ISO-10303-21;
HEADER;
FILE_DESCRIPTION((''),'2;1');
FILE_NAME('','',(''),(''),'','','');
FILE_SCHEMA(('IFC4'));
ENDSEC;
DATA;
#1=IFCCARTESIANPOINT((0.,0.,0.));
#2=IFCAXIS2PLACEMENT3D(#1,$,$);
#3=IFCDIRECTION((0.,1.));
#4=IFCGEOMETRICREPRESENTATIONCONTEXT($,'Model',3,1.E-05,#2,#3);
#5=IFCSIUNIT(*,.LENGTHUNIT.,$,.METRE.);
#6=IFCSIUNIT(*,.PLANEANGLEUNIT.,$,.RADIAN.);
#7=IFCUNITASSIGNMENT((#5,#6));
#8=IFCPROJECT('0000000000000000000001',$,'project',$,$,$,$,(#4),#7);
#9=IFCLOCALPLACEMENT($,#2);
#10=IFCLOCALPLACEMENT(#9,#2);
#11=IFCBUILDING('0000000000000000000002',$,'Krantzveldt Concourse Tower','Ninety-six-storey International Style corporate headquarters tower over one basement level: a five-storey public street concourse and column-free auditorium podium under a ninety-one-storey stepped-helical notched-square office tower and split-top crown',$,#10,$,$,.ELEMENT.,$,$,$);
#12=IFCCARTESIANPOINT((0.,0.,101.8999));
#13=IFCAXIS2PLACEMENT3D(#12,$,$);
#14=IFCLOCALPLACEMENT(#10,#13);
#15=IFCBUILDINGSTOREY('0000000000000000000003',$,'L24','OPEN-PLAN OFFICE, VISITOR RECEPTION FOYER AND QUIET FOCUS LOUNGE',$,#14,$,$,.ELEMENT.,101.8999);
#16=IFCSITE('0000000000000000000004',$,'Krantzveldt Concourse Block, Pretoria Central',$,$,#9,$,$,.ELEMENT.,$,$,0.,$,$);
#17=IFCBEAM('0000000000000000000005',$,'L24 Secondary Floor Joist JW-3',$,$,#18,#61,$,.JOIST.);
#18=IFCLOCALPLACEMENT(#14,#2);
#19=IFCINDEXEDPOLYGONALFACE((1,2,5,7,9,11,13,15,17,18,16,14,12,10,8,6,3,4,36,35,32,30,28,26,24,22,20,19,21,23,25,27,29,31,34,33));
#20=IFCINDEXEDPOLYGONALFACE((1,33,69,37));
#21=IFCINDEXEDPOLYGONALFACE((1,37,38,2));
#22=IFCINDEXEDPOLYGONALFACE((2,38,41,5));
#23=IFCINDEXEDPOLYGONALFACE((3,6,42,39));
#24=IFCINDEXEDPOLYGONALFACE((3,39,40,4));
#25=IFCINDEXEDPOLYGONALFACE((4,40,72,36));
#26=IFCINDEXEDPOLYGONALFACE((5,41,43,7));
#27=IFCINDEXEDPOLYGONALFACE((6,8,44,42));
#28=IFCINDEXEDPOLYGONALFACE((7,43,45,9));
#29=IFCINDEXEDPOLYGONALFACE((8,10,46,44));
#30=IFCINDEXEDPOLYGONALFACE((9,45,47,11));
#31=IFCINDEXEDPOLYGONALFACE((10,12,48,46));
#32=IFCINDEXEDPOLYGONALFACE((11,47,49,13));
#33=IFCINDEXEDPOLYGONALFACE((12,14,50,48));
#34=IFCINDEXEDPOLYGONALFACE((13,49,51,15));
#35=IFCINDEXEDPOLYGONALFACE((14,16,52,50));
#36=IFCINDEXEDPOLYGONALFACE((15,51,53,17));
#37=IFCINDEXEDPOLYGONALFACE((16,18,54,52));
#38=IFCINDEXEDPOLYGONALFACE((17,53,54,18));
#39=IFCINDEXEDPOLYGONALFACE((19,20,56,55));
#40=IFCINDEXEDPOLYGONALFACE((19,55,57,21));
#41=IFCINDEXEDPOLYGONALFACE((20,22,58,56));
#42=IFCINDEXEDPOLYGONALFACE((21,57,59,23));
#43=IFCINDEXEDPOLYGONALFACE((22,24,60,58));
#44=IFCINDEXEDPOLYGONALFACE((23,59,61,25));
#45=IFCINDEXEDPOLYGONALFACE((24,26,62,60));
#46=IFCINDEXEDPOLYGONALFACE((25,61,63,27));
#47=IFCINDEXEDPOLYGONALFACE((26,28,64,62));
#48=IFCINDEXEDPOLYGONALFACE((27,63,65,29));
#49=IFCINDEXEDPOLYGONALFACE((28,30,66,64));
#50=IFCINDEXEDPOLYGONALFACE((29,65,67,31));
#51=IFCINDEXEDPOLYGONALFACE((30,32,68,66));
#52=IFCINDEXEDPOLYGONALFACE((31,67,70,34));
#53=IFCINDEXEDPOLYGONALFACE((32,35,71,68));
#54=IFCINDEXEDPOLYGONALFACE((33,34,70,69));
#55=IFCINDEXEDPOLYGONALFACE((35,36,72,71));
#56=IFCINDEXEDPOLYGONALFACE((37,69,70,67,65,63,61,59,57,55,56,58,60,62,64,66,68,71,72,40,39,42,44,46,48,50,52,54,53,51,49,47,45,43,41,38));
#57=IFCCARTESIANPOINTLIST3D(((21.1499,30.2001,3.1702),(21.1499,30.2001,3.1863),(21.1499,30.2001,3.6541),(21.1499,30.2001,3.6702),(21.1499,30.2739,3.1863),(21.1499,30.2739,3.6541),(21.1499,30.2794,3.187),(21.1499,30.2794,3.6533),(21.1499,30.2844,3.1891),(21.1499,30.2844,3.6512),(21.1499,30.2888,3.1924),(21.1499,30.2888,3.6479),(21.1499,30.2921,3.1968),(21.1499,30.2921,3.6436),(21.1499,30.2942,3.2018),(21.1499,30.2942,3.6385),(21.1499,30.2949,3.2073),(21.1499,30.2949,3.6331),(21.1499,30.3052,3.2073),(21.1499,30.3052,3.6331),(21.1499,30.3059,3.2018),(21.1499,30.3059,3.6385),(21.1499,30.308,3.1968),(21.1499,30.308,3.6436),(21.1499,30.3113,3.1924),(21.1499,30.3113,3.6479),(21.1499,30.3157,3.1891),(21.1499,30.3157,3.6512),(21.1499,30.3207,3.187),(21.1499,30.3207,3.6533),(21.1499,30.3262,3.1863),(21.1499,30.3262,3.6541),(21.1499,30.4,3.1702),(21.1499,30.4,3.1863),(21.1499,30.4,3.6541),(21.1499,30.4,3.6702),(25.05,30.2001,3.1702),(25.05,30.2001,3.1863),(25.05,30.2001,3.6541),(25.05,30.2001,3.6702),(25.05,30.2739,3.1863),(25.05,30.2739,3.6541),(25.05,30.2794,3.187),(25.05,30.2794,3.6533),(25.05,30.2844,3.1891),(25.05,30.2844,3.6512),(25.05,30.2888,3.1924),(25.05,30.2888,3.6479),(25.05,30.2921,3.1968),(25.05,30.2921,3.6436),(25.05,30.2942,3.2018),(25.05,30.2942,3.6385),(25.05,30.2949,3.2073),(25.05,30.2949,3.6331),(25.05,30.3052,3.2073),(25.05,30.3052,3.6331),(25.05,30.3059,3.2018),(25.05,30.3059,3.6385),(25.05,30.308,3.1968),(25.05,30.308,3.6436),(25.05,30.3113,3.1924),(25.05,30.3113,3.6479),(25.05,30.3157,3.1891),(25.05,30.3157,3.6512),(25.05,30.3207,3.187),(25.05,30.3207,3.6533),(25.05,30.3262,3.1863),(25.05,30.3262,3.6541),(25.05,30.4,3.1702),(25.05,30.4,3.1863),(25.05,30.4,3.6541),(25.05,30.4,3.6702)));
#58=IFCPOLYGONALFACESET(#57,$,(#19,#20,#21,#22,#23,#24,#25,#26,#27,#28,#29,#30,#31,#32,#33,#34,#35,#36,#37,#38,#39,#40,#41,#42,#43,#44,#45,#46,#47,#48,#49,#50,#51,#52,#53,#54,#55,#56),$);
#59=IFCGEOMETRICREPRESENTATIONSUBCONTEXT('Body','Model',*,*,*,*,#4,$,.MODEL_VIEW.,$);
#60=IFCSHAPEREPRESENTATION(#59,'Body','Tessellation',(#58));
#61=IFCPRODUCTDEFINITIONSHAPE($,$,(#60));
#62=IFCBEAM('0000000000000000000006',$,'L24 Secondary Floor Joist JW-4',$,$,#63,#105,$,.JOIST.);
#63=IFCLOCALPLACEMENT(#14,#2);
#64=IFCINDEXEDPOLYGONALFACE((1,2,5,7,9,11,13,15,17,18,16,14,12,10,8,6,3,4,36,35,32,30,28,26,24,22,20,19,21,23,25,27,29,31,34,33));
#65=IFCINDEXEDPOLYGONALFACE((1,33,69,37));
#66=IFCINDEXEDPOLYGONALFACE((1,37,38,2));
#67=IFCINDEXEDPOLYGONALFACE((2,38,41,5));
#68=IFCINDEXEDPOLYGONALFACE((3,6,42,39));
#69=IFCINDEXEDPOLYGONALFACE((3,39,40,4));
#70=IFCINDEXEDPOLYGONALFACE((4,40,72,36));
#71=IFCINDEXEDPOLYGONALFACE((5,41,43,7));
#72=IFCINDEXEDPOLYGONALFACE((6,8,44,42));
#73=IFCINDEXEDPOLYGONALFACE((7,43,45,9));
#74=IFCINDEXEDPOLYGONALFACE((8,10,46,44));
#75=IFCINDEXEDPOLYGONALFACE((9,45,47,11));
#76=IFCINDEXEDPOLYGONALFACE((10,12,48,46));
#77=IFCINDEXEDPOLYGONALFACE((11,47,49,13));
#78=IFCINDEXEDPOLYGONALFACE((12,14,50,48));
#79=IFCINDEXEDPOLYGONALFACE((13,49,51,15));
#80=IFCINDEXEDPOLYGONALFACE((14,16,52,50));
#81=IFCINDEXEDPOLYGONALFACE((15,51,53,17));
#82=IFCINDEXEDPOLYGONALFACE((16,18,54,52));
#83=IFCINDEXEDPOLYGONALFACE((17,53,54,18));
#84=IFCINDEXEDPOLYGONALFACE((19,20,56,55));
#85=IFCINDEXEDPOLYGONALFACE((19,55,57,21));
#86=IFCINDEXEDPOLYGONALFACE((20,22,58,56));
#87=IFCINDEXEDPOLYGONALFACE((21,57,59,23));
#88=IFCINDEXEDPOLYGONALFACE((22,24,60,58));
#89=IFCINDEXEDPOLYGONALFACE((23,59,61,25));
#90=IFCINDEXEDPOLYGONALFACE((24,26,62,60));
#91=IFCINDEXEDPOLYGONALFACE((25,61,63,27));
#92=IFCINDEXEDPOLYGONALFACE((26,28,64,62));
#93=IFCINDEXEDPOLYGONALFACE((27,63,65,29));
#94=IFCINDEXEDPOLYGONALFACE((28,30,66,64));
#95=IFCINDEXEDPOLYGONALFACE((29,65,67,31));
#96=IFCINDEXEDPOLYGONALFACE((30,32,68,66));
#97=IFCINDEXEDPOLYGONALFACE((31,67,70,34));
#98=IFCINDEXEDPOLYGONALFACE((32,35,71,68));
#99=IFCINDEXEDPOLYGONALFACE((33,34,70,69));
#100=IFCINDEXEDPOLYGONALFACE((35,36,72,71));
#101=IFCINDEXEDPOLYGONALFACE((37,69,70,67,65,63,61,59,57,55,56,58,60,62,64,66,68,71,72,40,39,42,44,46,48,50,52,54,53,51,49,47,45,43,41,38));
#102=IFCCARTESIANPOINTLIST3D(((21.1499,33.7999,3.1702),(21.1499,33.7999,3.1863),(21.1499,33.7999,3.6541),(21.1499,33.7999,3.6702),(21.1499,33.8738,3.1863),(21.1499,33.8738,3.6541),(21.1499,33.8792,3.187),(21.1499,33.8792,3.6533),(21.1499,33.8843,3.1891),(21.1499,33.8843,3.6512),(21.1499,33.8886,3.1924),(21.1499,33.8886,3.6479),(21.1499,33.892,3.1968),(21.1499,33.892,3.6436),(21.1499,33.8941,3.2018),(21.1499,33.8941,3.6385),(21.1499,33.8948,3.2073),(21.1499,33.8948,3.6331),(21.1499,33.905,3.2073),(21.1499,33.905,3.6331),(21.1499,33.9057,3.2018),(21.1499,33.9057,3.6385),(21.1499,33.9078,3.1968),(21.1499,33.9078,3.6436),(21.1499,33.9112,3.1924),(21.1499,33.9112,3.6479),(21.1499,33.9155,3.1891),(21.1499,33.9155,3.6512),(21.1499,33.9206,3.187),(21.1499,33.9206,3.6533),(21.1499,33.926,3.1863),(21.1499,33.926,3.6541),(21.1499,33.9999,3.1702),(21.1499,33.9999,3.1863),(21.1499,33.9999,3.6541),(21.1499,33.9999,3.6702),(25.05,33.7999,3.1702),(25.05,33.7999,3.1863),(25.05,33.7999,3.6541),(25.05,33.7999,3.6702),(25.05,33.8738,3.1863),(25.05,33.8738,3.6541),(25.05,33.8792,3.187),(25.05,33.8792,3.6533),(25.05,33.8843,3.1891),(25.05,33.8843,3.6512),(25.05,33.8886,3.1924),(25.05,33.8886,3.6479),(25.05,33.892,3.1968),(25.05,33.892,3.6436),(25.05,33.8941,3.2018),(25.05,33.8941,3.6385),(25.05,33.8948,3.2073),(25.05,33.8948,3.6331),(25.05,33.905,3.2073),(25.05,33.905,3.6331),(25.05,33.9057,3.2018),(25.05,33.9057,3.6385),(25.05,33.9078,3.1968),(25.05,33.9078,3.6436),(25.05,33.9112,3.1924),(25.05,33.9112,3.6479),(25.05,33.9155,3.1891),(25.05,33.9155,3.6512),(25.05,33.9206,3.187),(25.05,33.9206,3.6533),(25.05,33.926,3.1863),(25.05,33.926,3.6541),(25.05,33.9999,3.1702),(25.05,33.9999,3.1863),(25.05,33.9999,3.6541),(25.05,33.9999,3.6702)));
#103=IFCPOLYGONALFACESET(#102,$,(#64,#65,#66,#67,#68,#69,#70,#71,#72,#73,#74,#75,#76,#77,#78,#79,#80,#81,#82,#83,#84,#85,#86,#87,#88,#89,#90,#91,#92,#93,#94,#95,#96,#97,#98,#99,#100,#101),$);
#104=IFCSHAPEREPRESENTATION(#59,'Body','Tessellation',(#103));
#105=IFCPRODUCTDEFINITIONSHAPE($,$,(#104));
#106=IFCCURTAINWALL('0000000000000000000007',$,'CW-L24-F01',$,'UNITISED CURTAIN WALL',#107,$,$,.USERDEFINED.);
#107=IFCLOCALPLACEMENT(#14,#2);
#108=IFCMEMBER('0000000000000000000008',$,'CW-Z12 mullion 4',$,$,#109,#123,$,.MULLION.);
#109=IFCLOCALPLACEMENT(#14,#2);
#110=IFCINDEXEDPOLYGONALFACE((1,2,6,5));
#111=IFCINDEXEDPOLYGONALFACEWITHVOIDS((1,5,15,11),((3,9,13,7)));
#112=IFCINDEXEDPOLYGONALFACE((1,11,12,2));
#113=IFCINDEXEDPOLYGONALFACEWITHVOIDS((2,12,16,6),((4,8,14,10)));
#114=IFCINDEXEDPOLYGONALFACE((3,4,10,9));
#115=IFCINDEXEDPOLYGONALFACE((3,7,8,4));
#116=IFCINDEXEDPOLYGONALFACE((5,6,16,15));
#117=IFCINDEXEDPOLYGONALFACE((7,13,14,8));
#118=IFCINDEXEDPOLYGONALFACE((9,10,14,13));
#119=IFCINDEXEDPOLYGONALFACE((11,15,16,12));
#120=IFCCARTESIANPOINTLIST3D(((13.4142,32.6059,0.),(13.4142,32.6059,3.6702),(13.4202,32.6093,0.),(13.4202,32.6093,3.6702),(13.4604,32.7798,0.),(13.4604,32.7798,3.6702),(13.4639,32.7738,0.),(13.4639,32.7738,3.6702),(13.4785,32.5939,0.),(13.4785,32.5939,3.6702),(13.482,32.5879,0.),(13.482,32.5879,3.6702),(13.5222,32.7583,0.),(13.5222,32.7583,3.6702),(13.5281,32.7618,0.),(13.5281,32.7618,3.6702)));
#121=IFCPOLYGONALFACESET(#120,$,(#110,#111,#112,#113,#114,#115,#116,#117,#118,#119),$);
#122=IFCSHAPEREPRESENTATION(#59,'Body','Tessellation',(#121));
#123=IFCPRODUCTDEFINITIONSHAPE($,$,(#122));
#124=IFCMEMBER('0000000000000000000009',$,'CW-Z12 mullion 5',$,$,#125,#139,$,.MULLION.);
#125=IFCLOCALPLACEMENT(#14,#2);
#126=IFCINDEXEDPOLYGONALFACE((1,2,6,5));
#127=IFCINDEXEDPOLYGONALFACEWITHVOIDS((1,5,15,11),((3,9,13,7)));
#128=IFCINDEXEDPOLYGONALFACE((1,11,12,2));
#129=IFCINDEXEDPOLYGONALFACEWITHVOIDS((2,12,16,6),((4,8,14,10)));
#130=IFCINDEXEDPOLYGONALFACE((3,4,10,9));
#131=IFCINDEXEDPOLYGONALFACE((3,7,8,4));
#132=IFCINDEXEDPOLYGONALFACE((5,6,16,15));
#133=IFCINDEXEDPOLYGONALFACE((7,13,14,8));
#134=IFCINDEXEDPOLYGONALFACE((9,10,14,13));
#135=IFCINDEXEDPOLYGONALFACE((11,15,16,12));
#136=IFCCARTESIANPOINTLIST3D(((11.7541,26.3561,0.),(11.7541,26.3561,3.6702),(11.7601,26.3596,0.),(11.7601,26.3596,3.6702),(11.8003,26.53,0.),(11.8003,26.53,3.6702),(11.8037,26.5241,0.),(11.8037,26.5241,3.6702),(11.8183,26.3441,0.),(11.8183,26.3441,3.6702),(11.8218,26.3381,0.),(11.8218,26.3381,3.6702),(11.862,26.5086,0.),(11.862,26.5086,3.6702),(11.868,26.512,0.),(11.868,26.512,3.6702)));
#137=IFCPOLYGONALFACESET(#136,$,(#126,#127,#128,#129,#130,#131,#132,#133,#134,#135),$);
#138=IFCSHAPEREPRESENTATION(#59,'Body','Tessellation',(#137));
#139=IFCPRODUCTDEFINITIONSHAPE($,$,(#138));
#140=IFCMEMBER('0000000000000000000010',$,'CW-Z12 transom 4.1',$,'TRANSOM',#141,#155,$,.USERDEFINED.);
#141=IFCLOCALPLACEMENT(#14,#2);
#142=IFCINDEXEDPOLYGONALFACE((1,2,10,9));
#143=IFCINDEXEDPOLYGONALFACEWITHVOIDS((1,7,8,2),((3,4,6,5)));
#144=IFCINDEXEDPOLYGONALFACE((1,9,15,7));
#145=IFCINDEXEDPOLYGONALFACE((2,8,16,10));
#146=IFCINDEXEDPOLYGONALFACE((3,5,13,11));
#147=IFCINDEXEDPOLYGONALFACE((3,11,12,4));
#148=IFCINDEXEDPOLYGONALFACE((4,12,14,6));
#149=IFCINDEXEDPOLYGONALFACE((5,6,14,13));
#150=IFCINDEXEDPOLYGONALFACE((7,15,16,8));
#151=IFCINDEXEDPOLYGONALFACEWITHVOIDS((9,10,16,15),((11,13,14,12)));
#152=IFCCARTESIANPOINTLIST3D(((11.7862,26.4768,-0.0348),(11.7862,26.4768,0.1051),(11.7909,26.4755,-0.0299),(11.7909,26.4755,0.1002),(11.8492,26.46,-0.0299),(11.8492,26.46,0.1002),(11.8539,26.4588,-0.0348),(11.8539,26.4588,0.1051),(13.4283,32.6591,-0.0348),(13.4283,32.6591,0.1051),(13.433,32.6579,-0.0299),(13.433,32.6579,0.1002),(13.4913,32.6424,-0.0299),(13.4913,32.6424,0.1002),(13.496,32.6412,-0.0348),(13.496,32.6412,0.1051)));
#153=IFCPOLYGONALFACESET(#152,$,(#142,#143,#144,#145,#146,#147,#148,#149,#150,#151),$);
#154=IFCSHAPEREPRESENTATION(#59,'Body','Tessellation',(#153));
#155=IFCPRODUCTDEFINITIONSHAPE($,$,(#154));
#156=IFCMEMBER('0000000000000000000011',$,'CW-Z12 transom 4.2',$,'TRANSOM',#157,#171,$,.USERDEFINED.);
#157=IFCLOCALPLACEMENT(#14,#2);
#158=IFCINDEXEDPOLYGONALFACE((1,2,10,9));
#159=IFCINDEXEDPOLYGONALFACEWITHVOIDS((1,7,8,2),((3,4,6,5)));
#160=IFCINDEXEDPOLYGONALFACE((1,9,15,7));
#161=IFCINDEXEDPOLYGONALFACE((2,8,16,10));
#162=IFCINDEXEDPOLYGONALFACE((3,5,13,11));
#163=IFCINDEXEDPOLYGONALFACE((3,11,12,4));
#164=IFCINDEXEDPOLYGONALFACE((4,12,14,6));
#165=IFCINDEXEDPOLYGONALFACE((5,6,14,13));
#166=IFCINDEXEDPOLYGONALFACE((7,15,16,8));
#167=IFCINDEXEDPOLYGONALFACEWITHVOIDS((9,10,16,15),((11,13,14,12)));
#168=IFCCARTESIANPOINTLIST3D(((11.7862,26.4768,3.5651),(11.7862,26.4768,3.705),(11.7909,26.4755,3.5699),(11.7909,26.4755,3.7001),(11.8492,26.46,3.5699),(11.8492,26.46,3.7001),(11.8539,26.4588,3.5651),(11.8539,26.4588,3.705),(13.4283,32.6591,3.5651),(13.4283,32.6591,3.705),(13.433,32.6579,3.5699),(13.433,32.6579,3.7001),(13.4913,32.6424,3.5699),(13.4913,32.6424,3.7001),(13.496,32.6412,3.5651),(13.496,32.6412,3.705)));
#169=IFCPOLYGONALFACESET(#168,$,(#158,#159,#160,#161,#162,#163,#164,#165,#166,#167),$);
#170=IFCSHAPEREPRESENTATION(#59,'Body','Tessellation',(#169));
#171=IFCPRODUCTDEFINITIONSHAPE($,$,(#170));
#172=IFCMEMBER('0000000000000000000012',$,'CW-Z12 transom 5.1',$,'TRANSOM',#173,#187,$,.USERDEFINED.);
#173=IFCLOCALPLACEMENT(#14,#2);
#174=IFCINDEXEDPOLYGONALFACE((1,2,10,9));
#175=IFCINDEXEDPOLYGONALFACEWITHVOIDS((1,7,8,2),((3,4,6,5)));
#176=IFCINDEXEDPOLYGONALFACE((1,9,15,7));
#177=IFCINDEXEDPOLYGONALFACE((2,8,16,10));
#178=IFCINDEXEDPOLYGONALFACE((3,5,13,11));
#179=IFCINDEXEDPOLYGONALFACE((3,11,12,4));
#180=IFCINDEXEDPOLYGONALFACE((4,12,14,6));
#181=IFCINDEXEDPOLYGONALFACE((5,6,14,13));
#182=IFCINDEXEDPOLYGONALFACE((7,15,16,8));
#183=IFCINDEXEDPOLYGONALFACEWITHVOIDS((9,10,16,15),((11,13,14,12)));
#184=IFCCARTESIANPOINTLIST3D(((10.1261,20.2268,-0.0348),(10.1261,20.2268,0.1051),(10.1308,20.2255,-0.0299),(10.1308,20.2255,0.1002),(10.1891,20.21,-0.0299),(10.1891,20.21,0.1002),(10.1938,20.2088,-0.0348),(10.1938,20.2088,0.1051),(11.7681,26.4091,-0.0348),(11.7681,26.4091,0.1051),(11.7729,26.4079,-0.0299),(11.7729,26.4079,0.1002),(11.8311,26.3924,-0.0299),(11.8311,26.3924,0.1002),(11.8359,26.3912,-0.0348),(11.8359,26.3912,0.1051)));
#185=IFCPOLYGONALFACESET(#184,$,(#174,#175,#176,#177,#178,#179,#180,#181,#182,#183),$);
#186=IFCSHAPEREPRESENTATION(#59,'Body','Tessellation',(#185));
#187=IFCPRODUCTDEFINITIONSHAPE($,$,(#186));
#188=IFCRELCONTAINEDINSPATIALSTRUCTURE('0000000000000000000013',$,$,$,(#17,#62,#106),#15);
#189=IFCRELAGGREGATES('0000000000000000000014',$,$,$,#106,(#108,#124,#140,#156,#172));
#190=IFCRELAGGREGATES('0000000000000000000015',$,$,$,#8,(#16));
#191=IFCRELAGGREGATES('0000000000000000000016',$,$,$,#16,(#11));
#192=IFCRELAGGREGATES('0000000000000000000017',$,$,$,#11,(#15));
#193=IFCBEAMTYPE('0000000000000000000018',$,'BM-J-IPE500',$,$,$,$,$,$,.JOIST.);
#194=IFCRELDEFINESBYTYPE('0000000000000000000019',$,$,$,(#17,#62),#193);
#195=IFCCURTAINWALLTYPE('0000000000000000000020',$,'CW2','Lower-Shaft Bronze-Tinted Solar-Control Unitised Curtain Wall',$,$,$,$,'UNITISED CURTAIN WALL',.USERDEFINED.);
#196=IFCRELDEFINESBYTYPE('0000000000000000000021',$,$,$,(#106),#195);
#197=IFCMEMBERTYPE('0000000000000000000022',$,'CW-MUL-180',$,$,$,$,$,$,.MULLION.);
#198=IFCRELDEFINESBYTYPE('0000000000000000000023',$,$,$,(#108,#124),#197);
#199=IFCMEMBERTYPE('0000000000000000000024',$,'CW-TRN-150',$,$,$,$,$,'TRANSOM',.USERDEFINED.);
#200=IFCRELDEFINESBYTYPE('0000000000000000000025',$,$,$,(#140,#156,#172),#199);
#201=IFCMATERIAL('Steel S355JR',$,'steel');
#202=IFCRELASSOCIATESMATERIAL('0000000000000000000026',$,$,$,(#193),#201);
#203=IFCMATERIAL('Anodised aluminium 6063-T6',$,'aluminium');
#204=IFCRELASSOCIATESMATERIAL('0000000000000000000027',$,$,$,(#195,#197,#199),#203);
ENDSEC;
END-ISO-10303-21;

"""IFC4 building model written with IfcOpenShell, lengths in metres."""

from ifc_helpers import new_model, si_unit, direction, frame, origin, origin_2d, place, context, subcontext, project, spatial, hollow_rectangle, i_section, extrude, source, transform, mapped, material, material_profile, profile_set, type_object, type_shapes, element, aggregate, save


model = new_model("IFC4")

# Units and contexts
model_context = context("Model", 3, precision=1e-05, world=origin(), true_north=direction((0.0, 1.0)))
body_context = subcontext(model_context, "Body", "Model", "MODEL_VIEW")
ifc_project = project(units=[si_unit("LENGTHUNIT", "METRE"), si_unit("PLANEANGLEUNIT", "RADIAN")], contexts=[model_context])

# Site, building, storey
site_placement = place(None, origin())
site = spatial("IfcSite", under=ifc_project, at=site_placement, Name="Krantzveldt Concourse Block, Pretoria Central", CompositionType="ELEMENT", RefElevation=0.0)
building_placement = place(site_placement, origin())
building = spatial("IfcBuilding", under=site, at=building_placement, Name="Krantzveldt Concourse Tower", Description="Ninety-six-storey International Style corporate headquarters tower over one basement level: a five-storey public street concourse and column-free auditorium podium under a ninety-one-storey stepped-helical notched-square office tower and split-top crown", CompositionType="ELEMENT")
storey_placement = place(building_placement, frame((0.0, 0.0, 101.8999)))
storey = spatial("IfcBuildingStorey", under=building, at=storey_placement, Name="L24", Description="OPEN-PLAN OFFICE, VISITOR RECEPTION FOYER AND QUIET FOCUS LOUNGE", CompositionType="ELEMENT", Elevation=101.8999)

# Beams
ifc_material_1 = material(Name="Steel S355JR", Category="steel")
ifc_material_profile_1 = material_profile(ifc_material_1, i_section(OverallWidth=0.2, OverallDepth=0.5, WebThickness=0.0103, FlangeThickness=0.0161, FilletRadius=0.021, at=origin_2d()), Name="Steel S355JR", Category="steel")
ifc_profile_set_1 = profile_set([ifc_material_profile_1], Name="Steel S355JR - IPE 500")
beam_type_1 = type_object("IfcBeamType", Name="BM-J-IPE500", PredefinedType="JOIST", material=ifc_profile_set_1)
shared_shape_1 = source(origin(), body_context, "Body", "SweptSolid", [
    extrude(i_section(OverallWidth=0.2, OverallDepth=0.5, WebThickness=0.0103, FlangeThickness=0.0161, FilletRadius=0.021, at=origin_2d()), origin(), (0.0, 0.0, 1.0), 3.9001),
])
type_shapes(beam_type_1, [shared_shape_1])
for number, where, z_axis, x_axis, name in (
    (1, (21.1499, 30.3, 3.4202), (1.0, 0.0, 0.0), (0.0, 1.0, 0.0), "L24 Secondary Floor Joist JW-3"),
    (2, (21.1499, 33.8999, 3.4202), (1.0, 0.0, 0.0), (0.0, 1.0, 0.0), "L24 Secondary Floor Joist JW-4"),
):
    element("IfcBeam", number, at=place(storey_placement, frame(where, z_axis=z_axis, x_axis=x_axis)), inside=storey, type_object=beam_type_1, Name=name, PredefinedType="JOIST", context=body_context, shape_type="MappedRepresentation", body=[
        mapped(shared_shape_1, transform((0.0, 0.0, 0.0), x_axis=(1.0, 0.0, 0.0), y_axis=(0.0, 1.0, 0.0), z_axis=(0.0, 0.0, 1.0), scale=1.0)),
    ])

# Curtain wall, members
ifc_material_2 = material(Name="Anodised aluminium 6063-T6", Category="aluminium")
curtain_wall_type = type_object("IfcCurtainWallType", Name="CW2", Description="Lower-Shaft Bronze-Tinted Solar-Control Unitised Curtain Wall", ElementType="UNITISED CURTAIN WALL", PredefinedType="USERDEFINED", material=ifc_material_2)
curtain_wall_placement = place(storey_placement, origin())
curtain_wall = element("IfcCurtainWall", 3, at=curtain_wall_placement, inside=storey, type_object=curtain_wall_type, Name="CW-L24-F01", ObjectType="UNITISED CURTAIN WALL", PredefinedType="USERDEFINED")
ifc_material_profile_2 = material_profile(ifc_material_2, hollow_rectangle(XDim=0.0701, YDim=0.1799, WallThickness=0.0049, at=origin_2d()), Name="Anodised aluminium 6063-T6", Category="aluminium")
ifc_profile_set_2 = profile_set([ifc_material_profile_2], Name="Anodised aluminium 6063-T6 - ALU-MULL 180x70x5")
member_type_1 = type_object("IfcMemberType", Name="CW-MUL-180", PredefinedType="MULLION", material=ifc_profile_set_2)
shared_shape_2 = source(origin(), body_context, "Body", "SweptSolid", [
    extrude(hollow_rectangle(XDim=0.0701, YDim=0.1799, WallThickness=0.0049, at=origin_2d()), origin(), (0.0, 0.0, 1.0), 3.6702),
])
type_shapes(member_type_1, [shared_shape_2])
member_1_placement = place(storey_placement, frame((13.4712, 32.6838, 0.0), z_axis=(0.0, 0.0, 1.0), x_axis=(0.966488, -0.256711, 0.0)))
member_1 = element("IfcMember", 4, at=member_1_placement, type_object=member_type_1, Name="CW-Z12 mullion 4", PredefinedType="MULLION", context=body_context, shape_type="MappedRepresentation", body=[
    mapped(shared_shape_2, transform((0.0, 0.0, 0.0), x_axis=(1.0, 0.0, 0.0), y_axis=(0.0, 1.0, 0.0), z_axis=(0.0, 0.0, 1.0), scale=1.0)),
])
member_2_placement = place(storey_placement, frame((11.811, 26.4341, 0.0), z_axis=(0.0, 0.0, 1.0), x_axis=(0.966488, -0.256711, 0.0)))
member_2 = element("IfcMember", 5, at=member_2_placement, type_object=member_type_1, Name="CW-Z12 mullion 5", PredefinedType="MULLION", context=body_context, shape_type="MappedRepresentation", body=[
    mapped(shared_shape_2, transform((0.0, 0.0, 0.0), x_axis=(1.0, 0.0, 0.0), y_axis=(0.0, 1.0, 0.0), z_axis=(0.0, 0.0, 1.0), scale=1.0)),
])
ifc_material_profile_3 = material_profile(ifc_material_2, hollow_rectangle(XDim=0.0701, YDim=0.1399, WallThickness=0.0049, at=origin_2d()), Name="Anodised aluminium 6063-T6", Category="aluminium")
ifc_profile_set_3 = profile_set([ifc_material_profile_3], Name="Anodised aluminium 6063-T6 - ALU-TRAN 140x70x5")
member_type_2 = type_object("IfcMemberType", Name="CW-TRN-150", ElementType="TRANSOM", PredefinedType="USERDEFINED", material=ifc_profile_set_3)
shared_shape_3 = source(origin(), body_context, "Body", "SweptSolid", [
    extrude(hollow_rectangle(XDim=0.0701, YDim=0.1399, WallThickness=0.0049, at=origin_2d()), origin(), (0.0, 0.0, 1.0), 6.3967),
])
type_shapes(member_type_2, [shared_shape_3])
member_3_placement = place(storey_placement, frame((13.4622, 32.6501, 0.0352), z_axis=(-0.256708, -0.966489, 0.0), x_axis=(0.966489, -0.256708, 0.0)))
member_3 = element("IfcMember", 6, at=member_3_placement, type_object=member_type_2, Name="CW-Z12 transom 4.1", ObjectType="TRANSOM", PredefinedType="USERDEFINED", context=body_context, shape_type="MappedRepresentation", body=[
    mapped(shared_shape_3, transform((0.0, 0.0, 0.0), x_axis=(1.0, 0.0, 0.0), y_axis=(0.0, 1.0, 0.0), z_axis=(0.0, 0.0, 1.0), scale=1.0)),
])
member_4_placement = place(storey_placement, frame((13.4622, 32.6501, 3.635), z_axis=(-0.256708, -0.966489, 0.0), x_axis=(0.966489, -0.256708, 0.0)))
member_4 = element("IfcMember", 7, at=member_4_placement, type_object=member_type_2, Name="CW-Z12 transom 4.2", ObjectType="TRANSOM", PredefinedType="USERDEFINED", context=body_context, shape_type="MappedRepresentation", body=[
    mapped(shared_shape_3, transform((0.0, 0.0, 0.0), x_axis=(1.0, 0.0, 0.0), y_axis=(0.0, 1.0, 0.0), z_axis=(0.0, 0.0, 1.0), scale=1.0)),
])
member_5_placement = place(storey_placement, frame((11.802, 26.4001, 0.0352), z_axis=(-0.256708, -0.966489, 0.0), x_axis=(0.966489, -0.256708, 0.0)))
member_5 = element("IfcMember", 8, at=member_5_placement, type_object=member_type_2, Name="CW-Z12 transom 5.1", ObjectType="TRANSOM", PredefinedType="USERDEFINED", context=body_context, shape_type="MappedRepresentation", body=[
    mapped(shared_shape_3, transform((0.0, 0.0, 0.0), x_axis=(1.0, 0.0, 0.0), y_axis=(0.0, 1.0, 0.0), z_axis=(0.0, 0.0, 1.0), scale=1.0)),
])
aggregate(curtain_wall, [member_1, member_2, member_3, member_4, member_5])

save(model, "model.ifc")
